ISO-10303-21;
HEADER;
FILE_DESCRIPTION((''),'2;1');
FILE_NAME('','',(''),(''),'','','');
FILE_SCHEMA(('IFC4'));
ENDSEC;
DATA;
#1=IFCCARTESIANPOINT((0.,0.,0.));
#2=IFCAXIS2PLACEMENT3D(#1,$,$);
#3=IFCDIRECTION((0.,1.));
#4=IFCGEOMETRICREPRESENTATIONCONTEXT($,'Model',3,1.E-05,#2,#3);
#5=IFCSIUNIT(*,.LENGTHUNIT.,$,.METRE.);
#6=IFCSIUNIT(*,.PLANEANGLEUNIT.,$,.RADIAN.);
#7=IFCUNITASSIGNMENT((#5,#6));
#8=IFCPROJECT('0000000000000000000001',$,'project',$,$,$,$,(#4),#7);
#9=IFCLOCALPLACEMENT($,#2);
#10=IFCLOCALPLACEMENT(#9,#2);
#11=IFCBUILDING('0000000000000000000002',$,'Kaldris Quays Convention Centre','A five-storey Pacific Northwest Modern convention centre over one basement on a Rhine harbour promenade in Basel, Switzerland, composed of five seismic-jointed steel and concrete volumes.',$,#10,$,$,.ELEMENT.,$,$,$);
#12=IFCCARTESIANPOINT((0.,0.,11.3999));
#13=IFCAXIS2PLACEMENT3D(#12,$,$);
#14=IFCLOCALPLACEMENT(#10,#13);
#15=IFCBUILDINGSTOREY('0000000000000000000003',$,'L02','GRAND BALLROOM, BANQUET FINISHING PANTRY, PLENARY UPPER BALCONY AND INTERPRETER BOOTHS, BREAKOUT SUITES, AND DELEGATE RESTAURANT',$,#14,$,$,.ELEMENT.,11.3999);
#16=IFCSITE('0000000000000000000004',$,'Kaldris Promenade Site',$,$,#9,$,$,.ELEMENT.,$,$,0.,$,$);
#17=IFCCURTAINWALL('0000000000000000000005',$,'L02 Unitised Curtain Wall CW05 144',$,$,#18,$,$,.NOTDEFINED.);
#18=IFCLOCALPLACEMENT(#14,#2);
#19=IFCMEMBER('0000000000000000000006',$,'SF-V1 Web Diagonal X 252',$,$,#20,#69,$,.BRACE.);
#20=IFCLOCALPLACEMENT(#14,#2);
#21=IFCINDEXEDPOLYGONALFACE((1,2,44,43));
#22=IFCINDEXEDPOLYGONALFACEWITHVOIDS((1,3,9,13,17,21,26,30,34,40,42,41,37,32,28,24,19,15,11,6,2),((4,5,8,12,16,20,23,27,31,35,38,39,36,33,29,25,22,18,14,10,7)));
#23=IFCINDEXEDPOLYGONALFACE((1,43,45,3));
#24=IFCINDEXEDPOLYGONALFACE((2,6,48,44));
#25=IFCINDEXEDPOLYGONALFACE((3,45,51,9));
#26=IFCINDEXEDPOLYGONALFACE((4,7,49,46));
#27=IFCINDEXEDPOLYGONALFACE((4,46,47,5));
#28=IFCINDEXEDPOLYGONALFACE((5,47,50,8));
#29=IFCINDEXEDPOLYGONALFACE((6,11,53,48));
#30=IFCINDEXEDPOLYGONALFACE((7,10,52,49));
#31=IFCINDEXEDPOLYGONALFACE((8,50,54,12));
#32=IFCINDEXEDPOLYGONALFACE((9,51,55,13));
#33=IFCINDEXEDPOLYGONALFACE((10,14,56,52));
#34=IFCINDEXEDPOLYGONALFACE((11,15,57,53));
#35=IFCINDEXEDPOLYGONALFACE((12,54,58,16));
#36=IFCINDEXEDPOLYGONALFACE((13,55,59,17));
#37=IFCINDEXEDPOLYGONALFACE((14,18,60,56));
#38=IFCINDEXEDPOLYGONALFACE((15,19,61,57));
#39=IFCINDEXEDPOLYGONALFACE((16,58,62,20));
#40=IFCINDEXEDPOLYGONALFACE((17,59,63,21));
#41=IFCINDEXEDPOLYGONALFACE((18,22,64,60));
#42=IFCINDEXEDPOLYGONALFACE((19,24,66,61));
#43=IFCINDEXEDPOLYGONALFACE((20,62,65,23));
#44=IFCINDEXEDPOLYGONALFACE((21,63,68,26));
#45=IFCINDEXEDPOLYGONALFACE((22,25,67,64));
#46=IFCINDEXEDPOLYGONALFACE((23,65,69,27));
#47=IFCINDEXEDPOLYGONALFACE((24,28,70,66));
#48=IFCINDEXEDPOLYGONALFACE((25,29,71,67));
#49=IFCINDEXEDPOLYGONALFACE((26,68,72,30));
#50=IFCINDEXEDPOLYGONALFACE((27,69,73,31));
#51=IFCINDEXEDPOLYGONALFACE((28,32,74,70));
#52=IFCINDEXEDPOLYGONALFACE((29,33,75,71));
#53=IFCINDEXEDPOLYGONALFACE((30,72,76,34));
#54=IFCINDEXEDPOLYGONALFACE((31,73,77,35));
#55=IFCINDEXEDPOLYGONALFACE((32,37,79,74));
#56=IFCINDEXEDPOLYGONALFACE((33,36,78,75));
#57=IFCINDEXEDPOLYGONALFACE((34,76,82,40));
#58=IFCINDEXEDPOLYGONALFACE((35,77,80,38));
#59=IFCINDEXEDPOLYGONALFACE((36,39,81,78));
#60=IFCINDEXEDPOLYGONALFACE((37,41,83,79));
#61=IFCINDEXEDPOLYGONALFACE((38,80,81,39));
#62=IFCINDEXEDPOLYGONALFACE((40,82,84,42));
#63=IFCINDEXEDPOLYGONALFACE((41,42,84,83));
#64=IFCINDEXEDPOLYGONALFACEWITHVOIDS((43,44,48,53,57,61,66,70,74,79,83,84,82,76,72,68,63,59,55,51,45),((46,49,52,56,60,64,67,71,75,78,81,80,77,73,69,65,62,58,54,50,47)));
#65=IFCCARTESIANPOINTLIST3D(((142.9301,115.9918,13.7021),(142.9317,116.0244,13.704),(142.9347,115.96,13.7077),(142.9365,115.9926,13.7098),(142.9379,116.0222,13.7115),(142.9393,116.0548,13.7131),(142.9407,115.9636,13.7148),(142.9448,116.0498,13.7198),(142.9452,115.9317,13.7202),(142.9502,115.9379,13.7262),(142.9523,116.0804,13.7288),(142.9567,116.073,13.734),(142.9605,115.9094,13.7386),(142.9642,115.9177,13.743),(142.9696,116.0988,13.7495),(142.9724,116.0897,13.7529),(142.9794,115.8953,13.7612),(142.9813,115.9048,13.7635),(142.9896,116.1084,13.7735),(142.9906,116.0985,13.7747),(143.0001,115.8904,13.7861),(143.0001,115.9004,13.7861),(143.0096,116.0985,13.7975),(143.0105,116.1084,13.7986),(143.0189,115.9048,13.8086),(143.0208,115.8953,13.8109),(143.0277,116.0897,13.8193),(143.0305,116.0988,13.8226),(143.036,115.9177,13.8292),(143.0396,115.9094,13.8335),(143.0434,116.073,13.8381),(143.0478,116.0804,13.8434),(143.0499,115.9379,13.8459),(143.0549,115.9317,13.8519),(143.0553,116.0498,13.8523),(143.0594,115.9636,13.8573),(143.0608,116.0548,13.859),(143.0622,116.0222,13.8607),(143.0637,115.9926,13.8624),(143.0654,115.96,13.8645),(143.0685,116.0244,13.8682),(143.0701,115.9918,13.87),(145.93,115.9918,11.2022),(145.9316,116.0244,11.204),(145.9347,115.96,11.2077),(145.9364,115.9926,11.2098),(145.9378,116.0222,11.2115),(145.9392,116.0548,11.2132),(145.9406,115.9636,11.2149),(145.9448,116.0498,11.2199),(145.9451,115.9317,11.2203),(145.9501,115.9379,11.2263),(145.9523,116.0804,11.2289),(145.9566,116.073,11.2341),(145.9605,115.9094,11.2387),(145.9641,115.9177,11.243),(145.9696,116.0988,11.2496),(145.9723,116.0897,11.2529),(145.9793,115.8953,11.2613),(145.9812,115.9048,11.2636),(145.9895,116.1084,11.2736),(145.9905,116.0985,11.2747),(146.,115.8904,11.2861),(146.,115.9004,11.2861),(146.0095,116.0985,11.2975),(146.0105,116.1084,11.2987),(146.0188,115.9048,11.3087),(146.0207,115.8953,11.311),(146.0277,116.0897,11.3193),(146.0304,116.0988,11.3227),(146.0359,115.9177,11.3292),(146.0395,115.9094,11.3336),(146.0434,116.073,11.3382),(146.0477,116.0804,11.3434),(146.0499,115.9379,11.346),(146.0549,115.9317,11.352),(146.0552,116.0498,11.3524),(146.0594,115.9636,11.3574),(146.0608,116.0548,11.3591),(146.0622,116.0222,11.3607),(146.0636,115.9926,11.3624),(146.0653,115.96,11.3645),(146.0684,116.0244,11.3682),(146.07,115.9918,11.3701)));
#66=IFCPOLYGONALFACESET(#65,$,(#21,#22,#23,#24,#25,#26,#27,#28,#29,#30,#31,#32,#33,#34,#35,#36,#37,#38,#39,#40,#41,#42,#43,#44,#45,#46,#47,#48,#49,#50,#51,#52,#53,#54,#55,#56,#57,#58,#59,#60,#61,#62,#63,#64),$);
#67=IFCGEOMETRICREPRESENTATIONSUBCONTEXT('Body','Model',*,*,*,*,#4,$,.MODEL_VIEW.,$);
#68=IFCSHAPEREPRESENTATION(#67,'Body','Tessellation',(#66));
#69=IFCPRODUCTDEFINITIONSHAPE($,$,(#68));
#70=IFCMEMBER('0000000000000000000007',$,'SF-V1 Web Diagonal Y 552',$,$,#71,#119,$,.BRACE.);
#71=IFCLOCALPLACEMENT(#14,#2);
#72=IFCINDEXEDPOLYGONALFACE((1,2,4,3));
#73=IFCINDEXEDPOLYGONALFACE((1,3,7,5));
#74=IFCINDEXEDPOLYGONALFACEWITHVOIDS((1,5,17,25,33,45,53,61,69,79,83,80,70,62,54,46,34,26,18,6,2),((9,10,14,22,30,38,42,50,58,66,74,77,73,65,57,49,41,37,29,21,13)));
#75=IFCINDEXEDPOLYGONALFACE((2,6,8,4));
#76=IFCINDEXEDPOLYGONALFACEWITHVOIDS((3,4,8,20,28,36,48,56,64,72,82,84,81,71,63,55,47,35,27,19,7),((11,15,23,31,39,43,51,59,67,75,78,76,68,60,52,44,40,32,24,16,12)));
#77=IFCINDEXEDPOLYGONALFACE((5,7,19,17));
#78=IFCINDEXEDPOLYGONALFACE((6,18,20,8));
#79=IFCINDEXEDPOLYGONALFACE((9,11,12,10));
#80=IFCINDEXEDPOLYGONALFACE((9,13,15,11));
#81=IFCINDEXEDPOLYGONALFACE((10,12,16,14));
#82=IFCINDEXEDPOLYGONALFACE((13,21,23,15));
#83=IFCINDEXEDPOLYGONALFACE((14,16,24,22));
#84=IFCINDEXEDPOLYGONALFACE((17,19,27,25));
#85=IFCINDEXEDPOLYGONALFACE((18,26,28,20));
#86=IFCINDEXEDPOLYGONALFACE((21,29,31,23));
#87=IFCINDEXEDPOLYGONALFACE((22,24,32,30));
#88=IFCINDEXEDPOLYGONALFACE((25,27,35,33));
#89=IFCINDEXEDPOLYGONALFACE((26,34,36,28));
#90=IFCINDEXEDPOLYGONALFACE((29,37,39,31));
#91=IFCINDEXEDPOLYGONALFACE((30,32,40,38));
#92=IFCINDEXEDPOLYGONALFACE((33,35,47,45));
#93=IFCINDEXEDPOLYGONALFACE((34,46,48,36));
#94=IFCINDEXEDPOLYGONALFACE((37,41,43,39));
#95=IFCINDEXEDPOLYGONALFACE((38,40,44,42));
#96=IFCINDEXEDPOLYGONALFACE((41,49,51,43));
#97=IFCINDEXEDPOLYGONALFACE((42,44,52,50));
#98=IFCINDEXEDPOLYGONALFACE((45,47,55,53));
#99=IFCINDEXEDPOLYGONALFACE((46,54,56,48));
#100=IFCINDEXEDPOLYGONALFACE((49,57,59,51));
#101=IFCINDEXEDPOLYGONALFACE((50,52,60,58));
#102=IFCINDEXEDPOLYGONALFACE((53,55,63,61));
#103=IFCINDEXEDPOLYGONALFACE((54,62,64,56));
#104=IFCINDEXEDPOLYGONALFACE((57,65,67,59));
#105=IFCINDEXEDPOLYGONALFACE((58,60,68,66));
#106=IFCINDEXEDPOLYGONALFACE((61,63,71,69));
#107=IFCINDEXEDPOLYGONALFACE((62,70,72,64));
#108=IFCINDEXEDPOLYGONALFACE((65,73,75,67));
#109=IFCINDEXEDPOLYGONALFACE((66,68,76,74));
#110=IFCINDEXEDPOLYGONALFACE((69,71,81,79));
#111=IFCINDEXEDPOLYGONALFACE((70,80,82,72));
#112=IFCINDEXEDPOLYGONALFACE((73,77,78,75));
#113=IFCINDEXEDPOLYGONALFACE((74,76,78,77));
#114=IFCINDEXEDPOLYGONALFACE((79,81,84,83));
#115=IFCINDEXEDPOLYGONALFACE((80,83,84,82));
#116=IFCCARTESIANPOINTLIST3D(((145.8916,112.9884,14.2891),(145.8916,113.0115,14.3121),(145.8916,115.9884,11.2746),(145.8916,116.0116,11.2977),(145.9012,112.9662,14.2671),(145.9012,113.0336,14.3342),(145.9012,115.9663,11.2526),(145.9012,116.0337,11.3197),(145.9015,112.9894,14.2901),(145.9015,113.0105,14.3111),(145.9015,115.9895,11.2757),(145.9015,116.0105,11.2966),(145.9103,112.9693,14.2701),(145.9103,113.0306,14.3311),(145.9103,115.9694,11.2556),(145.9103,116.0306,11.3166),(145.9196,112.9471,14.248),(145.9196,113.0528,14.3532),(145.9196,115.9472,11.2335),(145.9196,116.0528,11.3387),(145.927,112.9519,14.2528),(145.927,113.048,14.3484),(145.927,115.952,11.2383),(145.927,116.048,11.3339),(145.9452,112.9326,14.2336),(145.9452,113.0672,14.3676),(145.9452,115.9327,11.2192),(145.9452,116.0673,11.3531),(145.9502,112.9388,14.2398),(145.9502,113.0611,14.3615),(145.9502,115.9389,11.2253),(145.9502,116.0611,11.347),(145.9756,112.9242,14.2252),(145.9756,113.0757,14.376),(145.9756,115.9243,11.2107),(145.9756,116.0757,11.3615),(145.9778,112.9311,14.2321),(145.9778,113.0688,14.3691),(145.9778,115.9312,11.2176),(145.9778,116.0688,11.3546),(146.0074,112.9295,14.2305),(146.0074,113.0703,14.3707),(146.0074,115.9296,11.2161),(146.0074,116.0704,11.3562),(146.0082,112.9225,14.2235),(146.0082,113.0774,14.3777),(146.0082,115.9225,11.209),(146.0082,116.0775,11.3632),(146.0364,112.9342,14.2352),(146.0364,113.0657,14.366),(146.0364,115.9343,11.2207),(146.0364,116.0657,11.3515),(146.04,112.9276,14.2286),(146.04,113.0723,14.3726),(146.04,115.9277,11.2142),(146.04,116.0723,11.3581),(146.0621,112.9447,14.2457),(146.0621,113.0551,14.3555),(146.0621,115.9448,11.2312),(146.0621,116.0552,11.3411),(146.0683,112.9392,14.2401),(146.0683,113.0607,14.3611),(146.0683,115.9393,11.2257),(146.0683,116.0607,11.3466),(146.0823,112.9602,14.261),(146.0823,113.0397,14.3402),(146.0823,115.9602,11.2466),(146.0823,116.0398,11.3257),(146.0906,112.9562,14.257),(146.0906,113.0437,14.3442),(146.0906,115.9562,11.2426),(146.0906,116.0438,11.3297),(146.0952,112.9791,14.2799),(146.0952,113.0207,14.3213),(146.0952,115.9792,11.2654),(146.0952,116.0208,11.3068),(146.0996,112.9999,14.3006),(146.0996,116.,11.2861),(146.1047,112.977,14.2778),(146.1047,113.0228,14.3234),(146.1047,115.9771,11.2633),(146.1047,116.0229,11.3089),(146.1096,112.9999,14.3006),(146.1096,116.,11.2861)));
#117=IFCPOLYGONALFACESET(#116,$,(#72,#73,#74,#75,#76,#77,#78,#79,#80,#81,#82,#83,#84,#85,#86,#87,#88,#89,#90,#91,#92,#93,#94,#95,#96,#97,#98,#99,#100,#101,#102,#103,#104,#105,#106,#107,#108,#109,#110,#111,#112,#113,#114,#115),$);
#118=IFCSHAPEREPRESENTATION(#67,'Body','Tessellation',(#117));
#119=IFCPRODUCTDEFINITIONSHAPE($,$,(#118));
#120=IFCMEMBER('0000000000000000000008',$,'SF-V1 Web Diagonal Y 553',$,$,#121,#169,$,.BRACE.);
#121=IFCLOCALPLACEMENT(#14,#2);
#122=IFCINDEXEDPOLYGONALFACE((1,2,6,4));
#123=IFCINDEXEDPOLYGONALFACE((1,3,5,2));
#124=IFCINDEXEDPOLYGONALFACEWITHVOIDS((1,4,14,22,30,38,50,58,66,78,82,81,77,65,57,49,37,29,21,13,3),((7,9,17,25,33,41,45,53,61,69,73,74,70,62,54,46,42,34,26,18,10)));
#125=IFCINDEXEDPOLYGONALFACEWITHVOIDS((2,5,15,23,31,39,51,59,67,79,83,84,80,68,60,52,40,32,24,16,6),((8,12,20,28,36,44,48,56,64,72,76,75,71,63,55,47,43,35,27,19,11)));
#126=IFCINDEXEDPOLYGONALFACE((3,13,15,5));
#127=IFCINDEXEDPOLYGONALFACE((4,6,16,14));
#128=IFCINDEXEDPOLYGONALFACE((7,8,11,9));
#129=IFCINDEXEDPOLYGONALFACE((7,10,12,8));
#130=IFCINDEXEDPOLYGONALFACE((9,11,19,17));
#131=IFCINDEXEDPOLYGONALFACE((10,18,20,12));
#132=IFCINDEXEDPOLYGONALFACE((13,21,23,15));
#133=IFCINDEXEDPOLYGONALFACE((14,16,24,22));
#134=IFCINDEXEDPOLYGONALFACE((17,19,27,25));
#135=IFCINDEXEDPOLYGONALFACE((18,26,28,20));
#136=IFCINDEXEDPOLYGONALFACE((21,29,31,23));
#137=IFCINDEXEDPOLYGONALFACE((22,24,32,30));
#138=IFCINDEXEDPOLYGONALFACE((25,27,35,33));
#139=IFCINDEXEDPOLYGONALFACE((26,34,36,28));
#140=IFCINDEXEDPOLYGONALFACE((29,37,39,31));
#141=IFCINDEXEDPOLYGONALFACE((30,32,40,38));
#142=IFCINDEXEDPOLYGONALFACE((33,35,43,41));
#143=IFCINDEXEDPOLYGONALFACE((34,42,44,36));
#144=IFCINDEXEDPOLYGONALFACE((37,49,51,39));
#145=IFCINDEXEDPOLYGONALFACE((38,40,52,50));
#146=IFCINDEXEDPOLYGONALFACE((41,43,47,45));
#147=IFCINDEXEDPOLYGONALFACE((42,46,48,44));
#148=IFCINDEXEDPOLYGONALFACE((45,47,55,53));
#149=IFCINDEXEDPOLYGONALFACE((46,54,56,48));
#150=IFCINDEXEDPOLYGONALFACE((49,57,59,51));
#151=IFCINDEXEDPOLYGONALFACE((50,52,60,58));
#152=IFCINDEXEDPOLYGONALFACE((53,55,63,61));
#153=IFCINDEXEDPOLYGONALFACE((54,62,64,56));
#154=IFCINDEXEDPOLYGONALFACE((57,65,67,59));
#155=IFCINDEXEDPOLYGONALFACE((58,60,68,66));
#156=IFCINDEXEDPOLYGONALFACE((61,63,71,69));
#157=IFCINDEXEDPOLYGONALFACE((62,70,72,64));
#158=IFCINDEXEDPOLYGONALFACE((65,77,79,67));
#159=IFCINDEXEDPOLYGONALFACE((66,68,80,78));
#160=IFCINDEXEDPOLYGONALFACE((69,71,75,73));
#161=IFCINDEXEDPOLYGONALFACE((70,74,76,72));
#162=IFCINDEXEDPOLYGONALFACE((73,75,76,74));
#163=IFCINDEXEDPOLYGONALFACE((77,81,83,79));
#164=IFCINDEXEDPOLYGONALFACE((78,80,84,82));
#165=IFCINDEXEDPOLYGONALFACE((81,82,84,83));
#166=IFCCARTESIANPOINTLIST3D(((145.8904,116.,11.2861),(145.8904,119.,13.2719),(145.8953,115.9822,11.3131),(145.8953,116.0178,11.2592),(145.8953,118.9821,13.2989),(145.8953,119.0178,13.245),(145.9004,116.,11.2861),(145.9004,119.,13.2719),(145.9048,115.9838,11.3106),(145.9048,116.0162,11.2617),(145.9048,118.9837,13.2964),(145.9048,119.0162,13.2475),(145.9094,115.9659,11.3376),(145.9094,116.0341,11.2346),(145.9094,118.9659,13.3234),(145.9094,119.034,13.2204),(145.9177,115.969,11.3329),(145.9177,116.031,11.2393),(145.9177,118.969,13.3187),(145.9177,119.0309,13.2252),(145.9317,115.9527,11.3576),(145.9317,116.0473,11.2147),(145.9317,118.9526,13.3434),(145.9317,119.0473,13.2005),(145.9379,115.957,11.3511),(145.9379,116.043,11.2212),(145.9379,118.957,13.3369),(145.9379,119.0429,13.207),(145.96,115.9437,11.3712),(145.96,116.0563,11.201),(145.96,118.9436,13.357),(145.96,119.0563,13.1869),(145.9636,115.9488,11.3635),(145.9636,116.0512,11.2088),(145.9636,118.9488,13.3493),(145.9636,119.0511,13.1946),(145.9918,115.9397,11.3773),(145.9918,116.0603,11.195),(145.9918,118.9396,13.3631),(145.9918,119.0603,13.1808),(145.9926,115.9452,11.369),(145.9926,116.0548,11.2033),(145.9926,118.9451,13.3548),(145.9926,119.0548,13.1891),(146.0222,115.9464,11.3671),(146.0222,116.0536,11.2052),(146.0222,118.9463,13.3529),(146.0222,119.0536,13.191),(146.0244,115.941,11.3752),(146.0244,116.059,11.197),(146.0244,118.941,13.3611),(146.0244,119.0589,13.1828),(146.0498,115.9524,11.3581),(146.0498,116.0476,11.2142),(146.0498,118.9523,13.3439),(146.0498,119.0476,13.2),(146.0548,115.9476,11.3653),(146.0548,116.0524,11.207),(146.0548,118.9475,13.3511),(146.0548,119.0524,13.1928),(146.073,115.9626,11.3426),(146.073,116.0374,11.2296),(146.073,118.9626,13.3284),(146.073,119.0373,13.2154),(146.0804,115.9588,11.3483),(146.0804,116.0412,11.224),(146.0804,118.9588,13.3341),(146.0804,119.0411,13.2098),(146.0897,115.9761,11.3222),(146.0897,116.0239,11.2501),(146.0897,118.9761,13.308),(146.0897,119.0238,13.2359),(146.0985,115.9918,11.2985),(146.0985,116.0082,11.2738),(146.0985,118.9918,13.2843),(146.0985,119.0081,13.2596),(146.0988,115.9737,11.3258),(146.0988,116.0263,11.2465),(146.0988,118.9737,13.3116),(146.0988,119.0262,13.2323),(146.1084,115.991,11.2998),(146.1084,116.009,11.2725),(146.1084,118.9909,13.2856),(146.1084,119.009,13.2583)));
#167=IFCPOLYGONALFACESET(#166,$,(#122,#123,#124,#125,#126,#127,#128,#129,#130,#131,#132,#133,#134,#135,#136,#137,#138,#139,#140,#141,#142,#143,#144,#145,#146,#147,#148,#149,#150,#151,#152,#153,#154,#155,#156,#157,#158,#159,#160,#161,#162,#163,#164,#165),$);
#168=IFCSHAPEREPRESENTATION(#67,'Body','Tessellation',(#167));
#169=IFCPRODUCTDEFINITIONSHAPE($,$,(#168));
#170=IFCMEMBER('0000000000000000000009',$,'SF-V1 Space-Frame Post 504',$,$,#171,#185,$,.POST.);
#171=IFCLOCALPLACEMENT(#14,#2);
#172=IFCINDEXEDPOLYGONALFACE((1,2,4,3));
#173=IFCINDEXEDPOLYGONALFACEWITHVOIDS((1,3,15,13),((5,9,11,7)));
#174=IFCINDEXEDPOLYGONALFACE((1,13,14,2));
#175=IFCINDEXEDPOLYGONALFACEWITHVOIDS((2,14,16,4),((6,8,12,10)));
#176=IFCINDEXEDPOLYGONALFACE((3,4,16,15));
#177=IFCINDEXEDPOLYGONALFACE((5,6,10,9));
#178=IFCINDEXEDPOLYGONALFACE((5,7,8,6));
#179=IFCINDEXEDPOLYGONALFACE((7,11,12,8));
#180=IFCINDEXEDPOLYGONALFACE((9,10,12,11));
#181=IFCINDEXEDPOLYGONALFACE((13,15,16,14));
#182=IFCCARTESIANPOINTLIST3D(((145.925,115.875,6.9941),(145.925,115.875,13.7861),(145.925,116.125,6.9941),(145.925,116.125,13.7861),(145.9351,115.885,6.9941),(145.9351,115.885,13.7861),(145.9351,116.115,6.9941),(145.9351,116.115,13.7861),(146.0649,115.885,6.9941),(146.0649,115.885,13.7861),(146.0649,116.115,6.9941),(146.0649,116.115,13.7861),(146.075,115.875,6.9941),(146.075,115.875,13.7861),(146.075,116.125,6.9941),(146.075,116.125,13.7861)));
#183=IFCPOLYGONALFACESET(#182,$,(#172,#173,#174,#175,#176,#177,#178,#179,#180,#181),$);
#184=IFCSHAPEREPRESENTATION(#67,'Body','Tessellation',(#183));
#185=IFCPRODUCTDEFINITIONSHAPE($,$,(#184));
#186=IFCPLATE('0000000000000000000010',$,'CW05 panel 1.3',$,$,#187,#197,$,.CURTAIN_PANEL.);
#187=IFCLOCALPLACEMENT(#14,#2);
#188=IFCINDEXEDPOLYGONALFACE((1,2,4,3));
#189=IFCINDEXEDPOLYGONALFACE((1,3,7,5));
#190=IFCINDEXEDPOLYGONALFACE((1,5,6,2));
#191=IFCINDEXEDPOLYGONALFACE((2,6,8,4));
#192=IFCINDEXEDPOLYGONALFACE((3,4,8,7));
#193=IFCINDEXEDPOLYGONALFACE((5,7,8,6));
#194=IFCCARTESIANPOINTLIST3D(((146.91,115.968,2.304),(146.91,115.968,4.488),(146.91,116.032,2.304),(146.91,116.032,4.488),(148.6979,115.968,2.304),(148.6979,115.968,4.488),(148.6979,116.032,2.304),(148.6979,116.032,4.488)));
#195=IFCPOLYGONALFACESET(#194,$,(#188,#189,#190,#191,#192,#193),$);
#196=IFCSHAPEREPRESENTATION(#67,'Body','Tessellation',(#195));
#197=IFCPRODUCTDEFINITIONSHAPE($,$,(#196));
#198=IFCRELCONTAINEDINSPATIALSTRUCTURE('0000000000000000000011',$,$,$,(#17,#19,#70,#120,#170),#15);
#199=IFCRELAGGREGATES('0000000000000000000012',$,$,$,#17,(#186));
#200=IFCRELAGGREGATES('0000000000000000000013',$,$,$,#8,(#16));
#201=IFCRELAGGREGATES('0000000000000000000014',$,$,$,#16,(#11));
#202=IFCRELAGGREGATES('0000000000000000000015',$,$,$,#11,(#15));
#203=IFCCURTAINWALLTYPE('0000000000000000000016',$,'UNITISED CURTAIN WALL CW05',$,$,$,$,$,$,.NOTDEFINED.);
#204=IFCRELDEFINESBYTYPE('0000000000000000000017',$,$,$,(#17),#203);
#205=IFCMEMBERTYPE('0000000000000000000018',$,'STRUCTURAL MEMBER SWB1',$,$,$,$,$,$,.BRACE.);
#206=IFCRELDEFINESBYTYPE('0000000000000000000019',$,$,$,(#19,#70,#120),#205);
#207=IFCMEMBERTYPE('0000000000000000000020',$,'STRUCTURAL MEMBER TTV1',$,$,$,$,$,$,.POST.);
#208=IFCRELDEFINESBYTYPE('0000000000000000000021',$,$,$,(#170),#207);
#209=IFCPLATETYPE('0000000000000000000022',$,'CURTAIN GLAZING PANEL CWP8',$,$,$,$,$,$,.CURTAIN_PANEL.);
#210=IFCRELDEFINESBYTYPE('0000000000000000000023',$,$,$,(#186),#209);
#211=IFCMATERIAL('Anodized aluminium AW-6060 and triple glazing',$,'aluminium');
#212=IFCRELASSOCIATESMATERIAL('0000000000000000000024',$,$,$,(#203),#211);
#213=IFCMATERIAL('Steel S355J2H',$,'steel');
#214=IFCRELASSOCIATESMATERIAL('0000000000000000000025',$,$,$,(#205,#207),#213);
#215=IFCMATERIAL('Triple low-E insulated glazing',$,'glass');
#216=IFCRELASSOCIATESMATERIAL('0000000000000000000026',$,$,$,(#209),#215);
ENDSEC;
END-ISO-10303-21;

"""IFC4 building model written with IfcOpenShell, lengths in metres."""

from ifc_helpers import new_model, si_unit, direction, frame, origin, origin_2d, place, context, subcontext, project, spatial, rectangle, hollow_rectangle, hollow_circle, extrude, material, material_profile, profile_set, type_object, element, aggregate, save


model = new_model("IFC4")

# Units and contexts
model_context = context("Model", 3, precision=1e-05, world=origin(), true_north=direction((0.0, 1.0)))
body_context = subcontext(model_context, "Body", "Model", "MODEL_VIEW")
ifc_project = project(units=[si_unit("LENGTHUNIT", "METRE"), si_unit("PLANEANGLEUNIT", "RADIAN")], contexts=[model_context])

# Site, building, storey
site_placement = place(None, origin())
site = spatial("IfcSite", under=ifc_project, at=site_placement, Name="Kaldris Promenade Site", CompositionType="ELEMENT", RefElevation=0.0)
building_placement = place(site_placement, origin())
building = spatial("IfcBuilding", under=site, at=building_placement, Name="Kaldris Quays Convention Centre", Description="A five-storey Pacific Northwest Modern convention centre over one basement on a Rhine harbour promenade in Basel, Switzerland, composed of five seismic-jointed steel and concrete volumes.", CompositionType="ELEMENT")
storey_placement = place(building_placement, frame((0.0, 0.0, 11.3999)))
storey = spatial("IfcBuildingStorey", under=building, at=storey_placement, Name="L02", Description="GRAND BALLROOM, BANQUET FINISHING PANTRY, PLENARY UPPER BALCONY AND INTERPRETER BOOTHS, BREAKOUT SUITES, AND DELEGATE RESTAURANT", CompositionType="ELEMENT", Elevation=11.3999)

# Curtain wall
ifc_material_1 = material(Name="Anodized aluminium AW-6060 and triple glazing", Category="aluminium")
curtain_wall_type = type_object("IfcCurtainWallType", Name="UNITISED CURTAIN WALL CW05", PredefinedType="NOTDEFINED", material=ifc_material_1)
curtain_wall_placement = place(storey_placement, origin())
curtain_wall = element("IfcCurtainWall", 1, at=curtain_wall_placement, inside=storey, type_object=curtain_wall_type, Name="L02 Unitised Curtain Wall CW05 144", PredefinedType="NOTDEFINED")

# Members
ifc_material_2 = material(Name="Steel S355J2H", Category="steel")
ifc_material_profile_1 = material_profile(ifc_material_2, hollow_circle(Radius=0.1096, WallThickness=0.01, at=origin_2d()), Name="CHS 219.1x10")
ifc_profile_set_1 = profile_set([ifc_material_profile_1], Name="Steel S355J2H")
member_type_1 = type_object("IfcMemberType", Name="STRUCTURAL MEMBER SWB1", PredefinedType="BRACE", material=ifc_profile_set_1)
member_1_placement = place(storey_placement, frame((146.0, 116.0, 11.2861), z_axis=(-0.768221, 0.0, 0.640184), x_axis=(0.0, -1.0, 0.0)))
element("IfcMember", 2, at=member_1_placement, inside=storey, type_object=member_type_1, Name="SF-V1 Web Diagonal X 252", PredefinedType="BRACE", context=body_context, shape_type="SweptSolid", body=[
    extrude(hollow_circle(Radius=0.1096, WallThickness=0.01, at=origin_2d()), origin(), (0.0, 0.0, 1.0), 3.905),
])
member_2_placement = place(storey_placement, frame((146.0, 116.0, 11.2861), z_axis=(0.0, -0.705411, 0.708798), x_axis=(1.0, 0.0, 0.0)))
element("IfcMember", 3, at=member_2_placement, inside=storey, type_object=member_type_1, Name="SF-V1 Web Diagonal Y 552", PredefinedType="BRACE", context=body_context, shape_type="SweptSolid", body=[
    extrude(hollow_circle(Radius=0.1096, WallThickness=0.01, at=origin_2d()), origin(), (0.0, 0.0, 1.0), 4.2529),
])
member_3_placement = place(storey_placement, frame((146.0, 116.0, 11.2861), z_axis=(0.0, 0.833862, 0.551972), x_axis=(-1.0, 0.0, 0.0)))
element("IfcMember", 4, at=member_3_placement, inside=storey, type_object=member_type_1, Name="SF-V1 Web Diagonal Y 553", PredefinedType="BRACE", context=body_context, shape_type="SweptSolid", body=[
    extrude(hollow_circle(Radius=0.1096, WallThickness=0.01, at=origin_2d()), origin(), (0.0, 0.0, 1.0), 3.5977),
])
ifc_material_profile_2 = material_profile(ifc_material_2, hollow_rectangle(XDim=0.1499, YDim=0.25, WallThickness=0.01, at=origin_2d()), Name="RHS 250x150x10")
ifc_profile_set_2 = profile_set([ifc_material_profile_2], Name="Steel S355J2H")
member_type_2 = type_object("IfcMemberType", Name="STRUCTURAL MEMBER TTV1", PredefinedType="POST", material=ifc_profile_set_2)
member_4_placement = place(storey_placement, frame((146.0, 116.0, 6.9941), z_axis=(0.0, 0.0, 1.0), x_axis=(1.0, 0.0, 0.0)))
element("IfcMember", 5, at=member_4_placement, inside=storey, type_object=member_type_2, Name="SF-V1 Space-Frame Post 504", PredefinedType="POST", context=body_context, shape_type="SweptSolid", body=[
    extrude(hollow_rectangle(XDim=0.1499, YDim=0.25, WallThickness=0.01, at=origin_2d()), origin(), (0.0, 0.0, 1.0), 6.792),
])

# Plate
ifc_material_3 = material(Name="Triple low-E insulated glazing", Category="glass")
plate_type = type_object("IfcPlateType", Name="CURTAIN GLAZING PANEL CWP8", PredefinedType="CURTAIN_PANEL", material=ifc_material_3)
plate_1_placement = place(storey_placement, frame((147.804, 116.0, 2.304), z_axis=(0.0, 0.0, 1.0), x_axis=(1.0, 0.0, 0.0)))
plate_1 = element("IfcPlate", 6, at=plate_1_placement, type_object=plate_type, Name="CW05 panel 1.3", PredefinedType="CURTAIN_PANEL", context=body_context, shape_type="SweptSolid", body=[
    extrude(rectangle(XDim=1.7878, YDim=0.064, at=origin_2d()), origin(), (0.0, 0.0, 1.0), 2.1841),
])
aggregate(curtain_wall, [plate_1])

save(model, "model.ifc")
